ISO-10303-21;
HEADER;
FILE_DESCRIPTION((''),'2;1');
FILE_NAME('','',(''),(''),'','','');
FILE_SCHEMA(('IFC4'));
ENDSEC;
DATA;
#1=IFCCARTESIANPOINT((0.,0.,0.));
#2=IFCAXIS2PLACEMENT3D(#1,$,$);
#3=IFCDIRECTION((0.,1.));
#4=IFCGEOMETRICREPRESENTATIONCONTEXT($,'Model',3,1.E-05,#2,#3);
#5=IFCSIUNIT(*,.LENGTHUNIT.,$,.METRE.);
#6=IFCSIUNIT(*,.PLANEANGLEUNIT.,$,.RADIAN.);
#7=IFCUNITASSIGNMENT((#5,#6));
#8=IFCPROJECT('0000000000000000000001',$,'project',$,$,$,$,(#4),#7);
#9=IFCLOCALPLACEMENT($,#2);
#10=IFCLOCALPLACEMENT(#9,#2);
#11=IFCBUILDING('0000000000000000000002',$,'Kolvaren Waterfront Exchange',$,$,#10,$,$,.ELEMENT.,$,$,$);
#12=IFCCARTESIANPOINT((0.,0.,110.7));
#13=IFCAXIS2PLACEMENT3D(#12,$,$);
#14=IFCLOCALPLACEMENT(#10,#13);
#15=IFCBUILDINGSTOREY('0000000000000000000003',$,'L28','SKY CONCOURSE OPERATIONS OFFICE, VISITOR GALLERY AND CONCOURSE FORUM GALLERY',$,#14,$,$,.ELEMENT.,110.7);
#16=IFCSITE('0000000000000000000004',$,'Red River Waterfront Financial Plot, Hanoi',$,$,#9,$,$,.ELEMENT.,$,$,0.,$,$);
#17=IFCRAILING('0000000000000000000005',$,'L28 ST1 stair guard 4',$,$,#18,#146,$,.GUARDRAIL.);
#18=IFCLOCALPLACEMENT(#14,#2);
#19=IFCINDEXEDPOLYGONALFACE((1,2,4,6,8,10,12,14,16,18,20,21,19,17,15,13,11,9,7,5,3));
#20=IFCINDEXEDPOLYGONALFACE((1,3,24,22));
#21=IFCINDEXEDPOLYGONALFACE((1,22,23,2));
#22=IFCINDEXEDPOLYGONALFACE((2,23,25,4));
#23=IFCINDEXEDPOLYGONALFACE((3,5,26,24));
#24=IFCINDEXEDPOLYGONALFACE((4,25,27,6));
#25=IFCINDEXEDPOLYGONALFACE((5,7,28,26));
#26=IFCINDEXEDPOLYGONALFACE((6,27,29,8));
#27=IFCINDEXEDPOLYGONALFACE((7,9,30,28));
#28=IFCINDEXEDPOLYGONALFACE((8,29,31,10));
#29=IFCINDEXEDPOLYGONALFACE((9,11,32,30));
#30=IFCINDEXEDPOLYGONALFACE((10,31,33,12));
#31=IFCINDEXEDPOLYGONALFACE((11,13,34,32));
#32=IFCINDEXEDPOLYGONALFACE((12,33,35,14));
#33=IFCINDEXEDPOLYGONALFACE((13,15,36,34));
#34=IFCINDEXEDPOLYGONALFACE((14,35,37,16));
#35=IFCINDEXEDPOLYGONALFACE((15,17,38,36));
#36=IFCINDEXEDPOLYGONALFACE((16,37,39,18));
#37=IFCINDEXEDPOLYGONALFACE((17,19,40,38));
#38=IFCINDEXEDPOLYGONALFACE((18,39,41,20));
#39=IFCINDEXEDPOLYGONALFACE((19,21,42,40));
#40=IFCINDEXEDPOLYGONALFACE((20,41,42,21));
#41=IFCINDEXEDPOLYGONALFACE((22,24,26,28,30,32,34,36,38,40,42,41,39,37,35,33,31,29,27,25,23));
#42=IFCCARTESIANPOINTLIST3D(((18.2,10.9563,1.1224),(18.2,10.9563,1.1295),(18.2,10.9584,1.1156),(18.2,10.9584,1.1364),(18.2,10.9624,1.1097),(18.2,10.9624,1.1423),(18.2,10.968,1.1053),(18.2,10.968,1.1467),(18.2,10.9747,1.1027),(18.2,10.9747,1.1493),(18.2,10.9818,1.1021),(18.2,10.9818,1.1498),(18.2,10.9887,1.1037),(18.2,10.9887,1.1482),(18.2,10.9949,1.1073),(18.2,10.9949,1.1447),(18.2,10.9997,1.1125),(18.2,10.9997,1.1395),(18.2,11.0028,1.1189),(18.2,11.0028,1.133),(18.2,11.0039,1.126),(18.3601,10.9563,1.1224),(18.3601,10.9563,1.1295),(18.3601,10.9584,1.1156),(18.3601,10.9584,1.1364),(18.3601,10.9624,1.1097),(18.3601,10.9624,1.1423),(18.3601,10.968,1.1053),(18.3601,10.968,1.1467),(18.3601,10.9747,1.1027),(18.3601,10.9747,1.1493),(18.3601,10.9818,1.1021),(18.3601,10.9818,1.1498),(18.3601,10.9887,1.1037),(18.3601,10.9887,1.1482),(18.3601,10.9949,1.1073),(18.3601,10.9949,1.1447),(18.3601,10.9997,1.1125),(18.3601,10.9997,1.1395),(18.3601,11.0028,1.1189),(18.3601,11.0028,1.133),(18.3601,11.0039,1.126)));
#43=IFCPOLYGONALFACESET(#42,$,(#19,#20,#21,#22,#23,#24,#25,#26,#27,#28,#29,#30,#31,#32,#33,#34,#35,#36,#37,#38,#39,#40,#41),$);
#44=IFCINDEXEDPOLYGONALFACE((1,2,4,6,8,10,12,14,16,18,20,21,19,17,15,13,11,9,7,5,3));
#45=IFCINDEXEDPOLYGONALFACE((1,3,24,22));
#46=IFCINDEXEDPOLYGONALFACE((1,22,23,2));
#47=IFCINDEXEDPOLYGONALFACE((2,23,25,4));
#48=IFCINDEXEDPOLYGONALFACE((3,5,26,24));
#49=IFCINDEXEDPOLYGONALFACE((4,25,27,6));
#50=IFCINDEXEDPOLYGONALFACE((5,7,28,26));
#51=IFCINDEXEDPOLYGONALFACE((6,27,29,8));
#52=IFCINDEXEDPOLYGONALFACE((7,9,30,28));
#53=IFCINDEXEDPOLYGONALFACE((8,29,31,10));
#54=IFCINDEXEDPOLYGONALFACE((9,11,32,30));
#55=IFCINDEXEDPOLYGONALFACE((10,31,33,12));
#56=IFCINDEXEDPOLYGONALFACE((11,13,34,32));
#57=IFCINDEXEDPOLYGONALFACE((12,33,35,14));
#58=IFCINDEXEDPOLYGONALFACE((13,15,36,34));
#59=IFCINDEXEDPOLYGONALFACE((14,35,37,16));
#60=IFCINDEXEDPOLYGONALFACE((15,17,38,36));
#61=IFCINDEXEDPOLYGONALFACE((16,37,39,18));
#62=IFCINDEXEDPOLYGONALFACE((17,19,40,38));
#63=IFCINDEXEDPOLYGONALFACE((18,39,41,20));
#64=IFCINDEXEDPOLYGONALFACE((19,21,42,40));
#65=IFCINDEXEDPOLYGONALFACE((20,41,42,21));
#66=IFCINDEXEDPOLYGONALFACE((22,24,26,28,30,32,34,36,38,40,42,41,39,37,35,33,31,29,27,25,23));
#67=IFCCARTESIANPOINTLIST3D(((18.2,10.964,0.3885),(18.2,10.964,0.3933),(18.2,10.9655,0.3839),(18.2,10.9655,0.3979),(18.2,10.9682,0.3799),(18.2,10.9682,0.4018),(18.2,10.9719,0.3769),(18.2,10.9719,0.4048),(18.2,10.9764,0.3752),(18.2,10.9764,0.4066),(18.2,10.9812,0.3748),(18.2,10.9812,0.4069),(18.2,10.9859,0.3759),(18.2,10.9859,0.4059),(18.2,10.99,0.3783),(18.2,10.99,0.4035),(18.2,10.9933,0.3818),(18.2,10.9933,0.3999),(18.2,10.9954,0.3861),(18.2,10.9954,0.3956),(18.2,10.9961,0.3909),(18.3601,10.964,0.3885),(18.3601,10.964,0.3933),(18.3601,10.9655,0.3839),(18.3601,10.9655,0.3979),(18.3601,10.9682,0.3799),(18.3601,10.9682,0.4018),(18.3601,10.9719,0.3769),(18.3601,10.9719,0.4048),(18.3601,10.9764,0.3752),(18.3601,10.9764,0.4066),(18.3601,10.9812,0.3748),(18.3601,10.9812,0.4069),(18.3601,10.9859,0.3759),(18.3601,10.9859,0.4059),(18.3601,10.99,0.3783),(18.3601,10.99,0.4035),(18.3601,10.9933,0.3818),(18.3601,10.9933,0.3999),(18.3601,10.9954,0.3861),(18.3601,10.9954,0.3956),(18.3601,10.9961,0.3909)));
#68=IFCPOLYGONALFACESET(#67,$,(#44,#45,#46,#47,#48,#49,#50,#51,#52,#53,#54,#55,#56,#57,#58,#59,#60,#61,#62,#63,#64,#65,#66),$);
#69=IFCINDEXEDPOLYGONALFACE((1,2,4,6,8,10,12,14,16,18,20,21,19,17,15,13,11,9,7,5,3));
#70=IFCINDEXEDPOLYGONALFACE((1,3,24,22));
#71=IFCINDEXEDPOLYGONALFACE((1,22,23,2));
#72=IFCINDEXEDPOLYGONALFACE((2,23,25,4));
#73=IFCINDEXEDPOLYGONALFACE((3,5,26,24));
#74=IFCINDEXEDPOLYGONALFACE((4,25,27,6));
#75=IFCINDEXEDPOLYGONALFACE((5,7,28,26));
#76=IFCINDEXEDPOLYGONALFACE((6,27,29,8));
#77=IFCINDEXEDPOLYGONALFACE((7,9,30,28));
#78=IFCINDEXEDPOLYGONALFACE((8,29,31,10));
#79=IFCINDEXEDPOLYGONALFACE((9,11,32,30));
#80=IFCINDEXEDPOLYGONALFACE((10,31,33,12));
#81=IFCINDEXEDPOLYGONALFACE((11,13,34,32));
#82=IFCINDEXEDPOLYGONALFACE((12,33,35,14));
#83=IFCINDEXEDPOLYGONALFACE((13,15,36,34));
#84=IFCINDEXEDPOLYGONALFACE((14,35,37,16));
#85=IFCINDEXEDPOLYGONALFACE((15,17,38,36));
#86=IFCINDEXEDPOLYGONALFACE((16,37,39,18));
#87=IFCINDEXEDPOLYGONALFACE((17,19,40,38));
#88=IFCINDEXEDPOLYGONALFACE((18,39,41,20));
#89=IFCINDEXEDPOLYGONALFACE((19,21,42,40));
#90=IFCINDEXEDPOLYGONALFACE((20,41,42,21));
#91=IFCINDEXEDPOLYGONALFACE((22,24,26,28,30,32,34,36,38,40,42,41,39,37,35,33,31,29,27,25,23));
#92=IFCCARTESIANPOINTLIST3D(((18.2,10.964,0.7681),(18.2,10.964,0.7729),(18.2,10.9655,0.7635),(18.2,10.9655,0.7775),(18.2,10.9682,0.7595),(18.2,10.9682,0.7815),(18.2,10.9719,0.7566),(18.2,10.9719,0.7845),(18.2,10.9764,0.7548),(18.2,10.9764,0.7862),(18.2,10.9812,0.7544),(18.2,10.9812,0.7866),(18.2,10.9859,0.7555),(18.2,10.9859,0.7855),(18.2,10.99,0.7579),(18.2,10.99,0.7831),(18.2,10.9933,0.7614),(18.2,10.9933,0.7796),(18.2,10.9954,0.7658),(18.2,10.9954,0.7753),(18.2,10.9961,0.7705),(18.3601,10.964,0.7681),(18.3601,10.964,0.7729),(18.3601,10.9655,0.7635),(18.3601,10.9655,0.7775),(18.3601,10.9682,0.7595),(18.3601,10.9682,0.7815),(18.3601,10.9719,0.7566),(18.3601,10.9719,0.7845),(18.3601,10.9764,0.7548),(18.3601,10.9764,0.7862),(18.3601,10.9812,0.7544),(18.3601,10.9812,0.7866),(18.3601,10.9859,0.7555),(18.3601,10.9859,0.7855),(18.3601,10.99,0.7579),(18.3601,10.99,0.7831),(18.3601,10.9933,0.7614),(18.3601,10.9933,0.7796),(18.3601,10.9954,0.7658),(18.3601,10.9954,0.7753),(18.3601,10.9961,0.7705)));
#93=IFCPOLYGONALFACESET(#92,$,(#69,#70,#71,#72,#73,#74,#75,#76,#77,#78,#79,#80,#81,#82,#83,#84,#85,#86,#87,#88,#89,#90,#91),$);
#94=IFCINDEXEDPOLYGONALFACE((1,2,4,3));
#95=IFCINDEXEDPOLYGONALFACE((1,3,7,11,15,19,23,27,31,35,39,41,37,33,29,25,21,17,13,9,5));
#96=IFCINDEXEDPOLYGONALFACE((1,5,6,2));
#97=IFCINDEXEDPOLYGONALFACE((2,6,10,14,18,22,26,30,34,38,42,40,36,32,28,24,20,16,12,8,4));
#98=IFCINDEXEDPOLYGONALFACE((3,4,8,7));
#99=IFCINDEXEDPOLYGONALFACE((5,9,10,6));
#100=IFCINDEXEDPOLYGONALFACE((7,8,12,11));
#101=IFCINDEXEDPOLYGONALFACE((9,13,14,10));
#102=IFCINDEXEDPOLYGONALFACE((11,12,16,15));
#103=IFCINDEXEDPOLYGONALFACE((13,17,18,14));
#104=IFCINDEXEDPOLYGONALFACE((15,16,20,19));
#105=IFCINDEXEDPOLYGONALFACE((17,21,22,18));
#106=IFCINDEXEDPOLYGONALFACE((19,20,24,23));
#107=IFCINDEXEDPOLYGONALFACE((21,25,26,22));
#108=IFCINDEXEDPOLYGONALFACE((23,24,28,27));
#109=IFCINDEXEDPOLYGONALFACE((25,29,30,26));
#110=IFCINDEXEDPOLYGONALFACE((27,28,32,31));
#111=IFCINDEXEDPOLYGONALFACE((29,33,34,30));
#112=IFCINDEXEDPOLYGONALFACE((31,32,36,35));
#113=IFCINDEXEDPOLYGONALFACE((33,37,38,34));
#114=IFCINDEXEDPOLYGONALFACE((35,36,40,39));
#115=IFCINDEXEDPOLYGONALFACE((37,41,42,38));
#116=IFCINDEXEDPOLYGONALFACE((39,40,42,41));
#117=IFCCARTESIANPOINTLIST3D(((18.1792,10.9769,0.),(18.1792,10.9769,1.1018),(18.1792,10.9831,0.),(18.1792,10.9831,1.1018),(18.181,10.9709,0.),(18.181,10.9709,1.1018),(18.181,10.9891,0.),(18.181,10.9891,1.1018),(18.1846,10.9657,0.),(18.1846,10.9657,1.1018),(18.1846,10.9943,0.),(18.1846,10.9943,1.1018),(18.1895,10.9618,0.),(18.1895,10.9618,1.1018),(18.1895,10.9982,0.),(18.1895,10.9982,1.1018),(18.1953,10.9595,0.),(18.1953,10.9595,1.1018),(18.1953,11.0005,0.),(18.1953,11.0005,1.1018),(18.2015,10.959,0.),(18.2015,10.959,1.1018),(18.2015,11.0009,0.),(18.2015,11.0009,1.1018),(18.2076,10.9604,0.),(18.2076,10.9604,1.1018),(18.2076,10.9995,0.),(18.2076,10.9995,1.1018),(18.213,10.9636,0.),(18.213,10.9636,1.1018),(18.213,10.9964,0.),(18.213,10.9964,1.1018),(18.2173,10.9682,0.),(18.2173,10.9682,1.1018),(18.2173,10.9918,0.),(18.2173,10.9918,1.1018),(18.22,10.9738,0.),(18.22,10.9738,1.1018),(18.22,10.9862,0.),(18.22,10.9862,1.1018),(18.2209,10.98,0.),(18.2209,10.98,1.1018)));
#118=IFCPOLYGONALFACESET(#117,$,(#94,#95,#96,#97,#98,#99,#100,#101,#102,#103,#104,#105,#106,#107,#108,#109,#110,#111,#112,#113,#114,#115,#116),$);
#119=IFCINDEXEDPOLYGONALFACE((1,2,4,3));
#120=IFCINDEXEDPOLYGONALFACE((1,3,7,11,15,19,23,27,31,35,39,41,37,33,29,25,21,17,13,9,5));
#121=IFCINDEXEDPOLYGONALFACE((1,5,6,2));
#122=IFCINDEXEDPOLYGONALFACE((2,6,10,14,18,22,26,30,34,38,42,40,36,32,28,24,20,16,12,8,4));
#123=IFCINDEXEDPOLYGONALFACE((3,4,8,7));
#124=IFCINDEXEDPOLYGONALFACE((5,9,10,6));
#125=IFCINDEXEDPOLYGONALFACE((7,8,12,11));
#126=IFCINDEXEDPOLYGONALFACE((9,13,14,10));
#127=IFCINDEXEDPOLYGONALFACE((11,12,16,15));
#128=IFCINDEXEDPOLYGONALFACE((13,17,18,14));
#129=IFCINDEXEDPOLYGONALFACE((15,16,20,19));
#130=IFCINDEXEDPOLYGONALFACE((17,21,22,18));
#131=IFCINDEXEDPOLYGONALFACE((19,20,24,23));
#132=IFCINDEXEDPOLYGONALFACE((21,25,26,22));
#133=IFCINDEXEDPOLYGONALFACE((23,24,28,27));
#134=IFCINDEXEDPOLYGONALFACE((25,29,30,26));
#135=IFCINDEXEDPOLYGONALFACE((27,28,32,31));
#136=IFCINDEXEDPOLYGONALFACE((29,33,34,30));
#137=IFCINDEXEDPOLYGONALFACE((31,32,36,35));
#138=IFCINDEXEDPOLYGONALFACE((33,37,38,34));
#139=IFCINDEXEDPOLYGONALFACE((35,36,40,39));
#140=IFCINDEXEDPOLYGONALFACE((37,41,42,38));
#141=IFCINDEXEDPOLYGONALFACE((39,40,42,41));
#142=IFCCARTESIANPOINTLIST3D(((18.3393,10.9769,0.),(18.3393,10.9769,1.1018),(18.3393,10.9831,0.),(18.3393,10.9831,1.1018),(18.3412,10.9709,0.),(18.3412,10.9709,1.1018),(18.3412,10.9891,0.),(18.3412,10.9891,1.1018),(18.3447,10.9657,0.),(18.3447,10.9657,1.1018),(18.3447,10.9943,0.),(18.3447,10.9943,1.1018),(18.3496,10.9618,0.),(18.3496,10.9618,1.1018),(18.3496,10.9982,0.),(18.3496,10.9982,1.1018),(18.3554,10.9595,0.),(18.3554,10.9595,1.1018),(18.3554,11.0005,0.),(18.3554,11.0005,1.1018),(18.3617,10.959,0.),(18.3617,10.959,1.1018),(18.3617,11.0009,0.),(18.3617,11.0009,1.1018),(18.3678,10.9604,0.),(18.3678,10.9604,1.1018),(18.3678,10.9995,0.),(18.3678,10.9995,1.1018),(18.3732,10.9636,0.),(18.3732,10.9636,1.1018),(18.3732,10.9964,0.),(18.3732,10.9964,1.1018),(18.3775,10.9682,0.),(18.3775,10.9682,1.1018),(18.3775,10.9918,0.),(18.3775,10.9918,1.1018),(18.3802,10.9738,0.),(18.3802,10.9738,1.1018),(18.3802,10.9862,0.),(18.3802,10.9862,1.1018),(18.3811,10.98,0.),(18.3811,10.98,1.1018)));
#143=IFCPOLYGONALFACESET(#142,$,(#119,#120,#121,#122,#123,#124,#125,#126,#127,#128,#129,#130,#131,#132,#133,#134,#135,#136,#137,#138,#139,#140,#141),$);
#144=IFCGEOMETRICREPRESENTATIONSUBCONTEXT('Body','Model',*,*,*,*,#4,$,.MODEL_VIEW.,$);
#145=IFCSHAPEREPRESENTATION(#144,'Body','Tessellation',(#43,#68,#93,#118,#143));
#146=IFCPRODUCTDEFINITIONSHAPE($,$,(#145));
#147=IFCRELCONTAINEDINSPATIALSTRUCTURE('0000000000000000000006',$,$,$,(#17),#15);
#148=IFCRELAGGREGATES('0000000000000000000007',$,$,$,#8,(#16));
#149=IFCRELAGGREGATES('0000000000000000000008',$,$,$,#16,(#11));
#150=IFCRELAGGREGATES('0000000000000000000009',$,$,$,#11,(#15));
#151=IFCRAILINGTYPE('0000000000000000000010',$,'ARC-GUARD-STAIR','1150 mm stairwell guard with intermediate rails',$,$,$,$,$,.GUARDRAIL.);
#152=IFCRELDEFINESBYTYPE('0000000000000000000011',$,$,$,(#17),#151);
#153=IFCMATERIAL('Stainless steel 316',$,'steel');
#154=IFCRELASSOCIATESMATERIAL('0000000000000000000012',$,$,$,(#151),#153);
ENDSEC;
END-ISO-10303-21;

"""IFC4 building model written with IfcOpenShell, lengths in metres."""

from ifc_helpers import new_model, si_unit, direction, frame, origin, origin_2d, place, context, subcontext, project, spatial, circle, extrude, material, type_object, element, save


model = new_model("IFC4")

# Units and contexts
model_context = context("Model", 3, precision=1e-05, world=origin(), true_north=direction((0.0, 1.0)))
body_context = subcontext(model_context, "Body", "Model", "MODEL_VIEW")
ifc_project = project(units=[si_unit("LENGTHUNIT", "METRE"), si_unit("PLANEANGLEUNIT", "RADIAN")], contexts=[model_context])

# Site, building, storey
site_placement = place(None, origin())
site = spatial("IfcSite", under=ifc_project, at=site_placement, Name="Red River Waterfront Financial Plot, Hanoi", CompositionType="ELEMENT", RefElevation=0.0)
building_placement = place(site_placement, origin())
building = spatial("IfcBuilding", under=site, at=building_placement, Name="Kolvaren Waterfront Exchange", CompositionType="ELEMENT")
storey_placement = place(building_placement, frame((0.0, 0.0, 110.7)))
storey = spatial("IfcBuildingStorey", under=building, at=storey_placement, Name="L28", Description="SKY CONCOURSE OPERATIONS OFFICE, VISITOR GALLERY AND CONCOURSE FORUM GALLERY", CompositionType="ELEMENT", Elevation=110.7)

# Railing
ifc_material_1 = material(Name="Stainless steel 316", Category="steel")
railing_type_1 = type_object("IfcRailingType", Name="ARC-GUARD-STAIR", Description="1150 mm stairwell guard with intermediate rails", PredefinedType="GUARDRAIL", material=ifc_material_1)
railing_1_placement = place(storey_placement, frame((18.2, 10.98, 0.0)))
element("IfcRailing", 1, at=railing_1_placement, inside=storey, type_object=railing_type_1, Name="L28 ST1 stair guard 4", PredefinedType="GUARDRAIL", context=body_context, shape_type="SweptSolid", body=[
    extrude(circle(Radius=0.0239, at=origin_2d()), frame((0.0, 0.0, 1.126), z_axis=(1.0, 0.0, 0.0), x_axis=(0.0, 1.0, 0.0)), (0.0, 0.0, 1.0), 0.1602),
    extrude(circle(Radius=0.0161, at=origin_2d()), frame((0.0, 0.0, 0.3909), z_axis=(1.0, 0.0, 0.0), x_axis=(0.0, 1.0, 0.0)), (0.0, 0.0, 1.0), 0.1602),
    extrude(circle(Radius=0.0161, at=origin_2d()), frame((0.0, 0.0, 0.7705), z_axis=(1.0, 0.0, 0.0), x_axis=(0.0, 1.0, 0.0)), (0.0, 0.0, 1.0), 0.1602),
    extrude(circle(Radius=0.021, at=origin_2d()), origin(), (0.0, 0.0, 1.0), 1.1018),
    extrude(circle(Radius=0.021, at=origin_2d()), frame((0.1602, 0.0, 0.0)), (0.0, 0.0, 1.0), 1.1018),
])

save(model, "model.ifc")
